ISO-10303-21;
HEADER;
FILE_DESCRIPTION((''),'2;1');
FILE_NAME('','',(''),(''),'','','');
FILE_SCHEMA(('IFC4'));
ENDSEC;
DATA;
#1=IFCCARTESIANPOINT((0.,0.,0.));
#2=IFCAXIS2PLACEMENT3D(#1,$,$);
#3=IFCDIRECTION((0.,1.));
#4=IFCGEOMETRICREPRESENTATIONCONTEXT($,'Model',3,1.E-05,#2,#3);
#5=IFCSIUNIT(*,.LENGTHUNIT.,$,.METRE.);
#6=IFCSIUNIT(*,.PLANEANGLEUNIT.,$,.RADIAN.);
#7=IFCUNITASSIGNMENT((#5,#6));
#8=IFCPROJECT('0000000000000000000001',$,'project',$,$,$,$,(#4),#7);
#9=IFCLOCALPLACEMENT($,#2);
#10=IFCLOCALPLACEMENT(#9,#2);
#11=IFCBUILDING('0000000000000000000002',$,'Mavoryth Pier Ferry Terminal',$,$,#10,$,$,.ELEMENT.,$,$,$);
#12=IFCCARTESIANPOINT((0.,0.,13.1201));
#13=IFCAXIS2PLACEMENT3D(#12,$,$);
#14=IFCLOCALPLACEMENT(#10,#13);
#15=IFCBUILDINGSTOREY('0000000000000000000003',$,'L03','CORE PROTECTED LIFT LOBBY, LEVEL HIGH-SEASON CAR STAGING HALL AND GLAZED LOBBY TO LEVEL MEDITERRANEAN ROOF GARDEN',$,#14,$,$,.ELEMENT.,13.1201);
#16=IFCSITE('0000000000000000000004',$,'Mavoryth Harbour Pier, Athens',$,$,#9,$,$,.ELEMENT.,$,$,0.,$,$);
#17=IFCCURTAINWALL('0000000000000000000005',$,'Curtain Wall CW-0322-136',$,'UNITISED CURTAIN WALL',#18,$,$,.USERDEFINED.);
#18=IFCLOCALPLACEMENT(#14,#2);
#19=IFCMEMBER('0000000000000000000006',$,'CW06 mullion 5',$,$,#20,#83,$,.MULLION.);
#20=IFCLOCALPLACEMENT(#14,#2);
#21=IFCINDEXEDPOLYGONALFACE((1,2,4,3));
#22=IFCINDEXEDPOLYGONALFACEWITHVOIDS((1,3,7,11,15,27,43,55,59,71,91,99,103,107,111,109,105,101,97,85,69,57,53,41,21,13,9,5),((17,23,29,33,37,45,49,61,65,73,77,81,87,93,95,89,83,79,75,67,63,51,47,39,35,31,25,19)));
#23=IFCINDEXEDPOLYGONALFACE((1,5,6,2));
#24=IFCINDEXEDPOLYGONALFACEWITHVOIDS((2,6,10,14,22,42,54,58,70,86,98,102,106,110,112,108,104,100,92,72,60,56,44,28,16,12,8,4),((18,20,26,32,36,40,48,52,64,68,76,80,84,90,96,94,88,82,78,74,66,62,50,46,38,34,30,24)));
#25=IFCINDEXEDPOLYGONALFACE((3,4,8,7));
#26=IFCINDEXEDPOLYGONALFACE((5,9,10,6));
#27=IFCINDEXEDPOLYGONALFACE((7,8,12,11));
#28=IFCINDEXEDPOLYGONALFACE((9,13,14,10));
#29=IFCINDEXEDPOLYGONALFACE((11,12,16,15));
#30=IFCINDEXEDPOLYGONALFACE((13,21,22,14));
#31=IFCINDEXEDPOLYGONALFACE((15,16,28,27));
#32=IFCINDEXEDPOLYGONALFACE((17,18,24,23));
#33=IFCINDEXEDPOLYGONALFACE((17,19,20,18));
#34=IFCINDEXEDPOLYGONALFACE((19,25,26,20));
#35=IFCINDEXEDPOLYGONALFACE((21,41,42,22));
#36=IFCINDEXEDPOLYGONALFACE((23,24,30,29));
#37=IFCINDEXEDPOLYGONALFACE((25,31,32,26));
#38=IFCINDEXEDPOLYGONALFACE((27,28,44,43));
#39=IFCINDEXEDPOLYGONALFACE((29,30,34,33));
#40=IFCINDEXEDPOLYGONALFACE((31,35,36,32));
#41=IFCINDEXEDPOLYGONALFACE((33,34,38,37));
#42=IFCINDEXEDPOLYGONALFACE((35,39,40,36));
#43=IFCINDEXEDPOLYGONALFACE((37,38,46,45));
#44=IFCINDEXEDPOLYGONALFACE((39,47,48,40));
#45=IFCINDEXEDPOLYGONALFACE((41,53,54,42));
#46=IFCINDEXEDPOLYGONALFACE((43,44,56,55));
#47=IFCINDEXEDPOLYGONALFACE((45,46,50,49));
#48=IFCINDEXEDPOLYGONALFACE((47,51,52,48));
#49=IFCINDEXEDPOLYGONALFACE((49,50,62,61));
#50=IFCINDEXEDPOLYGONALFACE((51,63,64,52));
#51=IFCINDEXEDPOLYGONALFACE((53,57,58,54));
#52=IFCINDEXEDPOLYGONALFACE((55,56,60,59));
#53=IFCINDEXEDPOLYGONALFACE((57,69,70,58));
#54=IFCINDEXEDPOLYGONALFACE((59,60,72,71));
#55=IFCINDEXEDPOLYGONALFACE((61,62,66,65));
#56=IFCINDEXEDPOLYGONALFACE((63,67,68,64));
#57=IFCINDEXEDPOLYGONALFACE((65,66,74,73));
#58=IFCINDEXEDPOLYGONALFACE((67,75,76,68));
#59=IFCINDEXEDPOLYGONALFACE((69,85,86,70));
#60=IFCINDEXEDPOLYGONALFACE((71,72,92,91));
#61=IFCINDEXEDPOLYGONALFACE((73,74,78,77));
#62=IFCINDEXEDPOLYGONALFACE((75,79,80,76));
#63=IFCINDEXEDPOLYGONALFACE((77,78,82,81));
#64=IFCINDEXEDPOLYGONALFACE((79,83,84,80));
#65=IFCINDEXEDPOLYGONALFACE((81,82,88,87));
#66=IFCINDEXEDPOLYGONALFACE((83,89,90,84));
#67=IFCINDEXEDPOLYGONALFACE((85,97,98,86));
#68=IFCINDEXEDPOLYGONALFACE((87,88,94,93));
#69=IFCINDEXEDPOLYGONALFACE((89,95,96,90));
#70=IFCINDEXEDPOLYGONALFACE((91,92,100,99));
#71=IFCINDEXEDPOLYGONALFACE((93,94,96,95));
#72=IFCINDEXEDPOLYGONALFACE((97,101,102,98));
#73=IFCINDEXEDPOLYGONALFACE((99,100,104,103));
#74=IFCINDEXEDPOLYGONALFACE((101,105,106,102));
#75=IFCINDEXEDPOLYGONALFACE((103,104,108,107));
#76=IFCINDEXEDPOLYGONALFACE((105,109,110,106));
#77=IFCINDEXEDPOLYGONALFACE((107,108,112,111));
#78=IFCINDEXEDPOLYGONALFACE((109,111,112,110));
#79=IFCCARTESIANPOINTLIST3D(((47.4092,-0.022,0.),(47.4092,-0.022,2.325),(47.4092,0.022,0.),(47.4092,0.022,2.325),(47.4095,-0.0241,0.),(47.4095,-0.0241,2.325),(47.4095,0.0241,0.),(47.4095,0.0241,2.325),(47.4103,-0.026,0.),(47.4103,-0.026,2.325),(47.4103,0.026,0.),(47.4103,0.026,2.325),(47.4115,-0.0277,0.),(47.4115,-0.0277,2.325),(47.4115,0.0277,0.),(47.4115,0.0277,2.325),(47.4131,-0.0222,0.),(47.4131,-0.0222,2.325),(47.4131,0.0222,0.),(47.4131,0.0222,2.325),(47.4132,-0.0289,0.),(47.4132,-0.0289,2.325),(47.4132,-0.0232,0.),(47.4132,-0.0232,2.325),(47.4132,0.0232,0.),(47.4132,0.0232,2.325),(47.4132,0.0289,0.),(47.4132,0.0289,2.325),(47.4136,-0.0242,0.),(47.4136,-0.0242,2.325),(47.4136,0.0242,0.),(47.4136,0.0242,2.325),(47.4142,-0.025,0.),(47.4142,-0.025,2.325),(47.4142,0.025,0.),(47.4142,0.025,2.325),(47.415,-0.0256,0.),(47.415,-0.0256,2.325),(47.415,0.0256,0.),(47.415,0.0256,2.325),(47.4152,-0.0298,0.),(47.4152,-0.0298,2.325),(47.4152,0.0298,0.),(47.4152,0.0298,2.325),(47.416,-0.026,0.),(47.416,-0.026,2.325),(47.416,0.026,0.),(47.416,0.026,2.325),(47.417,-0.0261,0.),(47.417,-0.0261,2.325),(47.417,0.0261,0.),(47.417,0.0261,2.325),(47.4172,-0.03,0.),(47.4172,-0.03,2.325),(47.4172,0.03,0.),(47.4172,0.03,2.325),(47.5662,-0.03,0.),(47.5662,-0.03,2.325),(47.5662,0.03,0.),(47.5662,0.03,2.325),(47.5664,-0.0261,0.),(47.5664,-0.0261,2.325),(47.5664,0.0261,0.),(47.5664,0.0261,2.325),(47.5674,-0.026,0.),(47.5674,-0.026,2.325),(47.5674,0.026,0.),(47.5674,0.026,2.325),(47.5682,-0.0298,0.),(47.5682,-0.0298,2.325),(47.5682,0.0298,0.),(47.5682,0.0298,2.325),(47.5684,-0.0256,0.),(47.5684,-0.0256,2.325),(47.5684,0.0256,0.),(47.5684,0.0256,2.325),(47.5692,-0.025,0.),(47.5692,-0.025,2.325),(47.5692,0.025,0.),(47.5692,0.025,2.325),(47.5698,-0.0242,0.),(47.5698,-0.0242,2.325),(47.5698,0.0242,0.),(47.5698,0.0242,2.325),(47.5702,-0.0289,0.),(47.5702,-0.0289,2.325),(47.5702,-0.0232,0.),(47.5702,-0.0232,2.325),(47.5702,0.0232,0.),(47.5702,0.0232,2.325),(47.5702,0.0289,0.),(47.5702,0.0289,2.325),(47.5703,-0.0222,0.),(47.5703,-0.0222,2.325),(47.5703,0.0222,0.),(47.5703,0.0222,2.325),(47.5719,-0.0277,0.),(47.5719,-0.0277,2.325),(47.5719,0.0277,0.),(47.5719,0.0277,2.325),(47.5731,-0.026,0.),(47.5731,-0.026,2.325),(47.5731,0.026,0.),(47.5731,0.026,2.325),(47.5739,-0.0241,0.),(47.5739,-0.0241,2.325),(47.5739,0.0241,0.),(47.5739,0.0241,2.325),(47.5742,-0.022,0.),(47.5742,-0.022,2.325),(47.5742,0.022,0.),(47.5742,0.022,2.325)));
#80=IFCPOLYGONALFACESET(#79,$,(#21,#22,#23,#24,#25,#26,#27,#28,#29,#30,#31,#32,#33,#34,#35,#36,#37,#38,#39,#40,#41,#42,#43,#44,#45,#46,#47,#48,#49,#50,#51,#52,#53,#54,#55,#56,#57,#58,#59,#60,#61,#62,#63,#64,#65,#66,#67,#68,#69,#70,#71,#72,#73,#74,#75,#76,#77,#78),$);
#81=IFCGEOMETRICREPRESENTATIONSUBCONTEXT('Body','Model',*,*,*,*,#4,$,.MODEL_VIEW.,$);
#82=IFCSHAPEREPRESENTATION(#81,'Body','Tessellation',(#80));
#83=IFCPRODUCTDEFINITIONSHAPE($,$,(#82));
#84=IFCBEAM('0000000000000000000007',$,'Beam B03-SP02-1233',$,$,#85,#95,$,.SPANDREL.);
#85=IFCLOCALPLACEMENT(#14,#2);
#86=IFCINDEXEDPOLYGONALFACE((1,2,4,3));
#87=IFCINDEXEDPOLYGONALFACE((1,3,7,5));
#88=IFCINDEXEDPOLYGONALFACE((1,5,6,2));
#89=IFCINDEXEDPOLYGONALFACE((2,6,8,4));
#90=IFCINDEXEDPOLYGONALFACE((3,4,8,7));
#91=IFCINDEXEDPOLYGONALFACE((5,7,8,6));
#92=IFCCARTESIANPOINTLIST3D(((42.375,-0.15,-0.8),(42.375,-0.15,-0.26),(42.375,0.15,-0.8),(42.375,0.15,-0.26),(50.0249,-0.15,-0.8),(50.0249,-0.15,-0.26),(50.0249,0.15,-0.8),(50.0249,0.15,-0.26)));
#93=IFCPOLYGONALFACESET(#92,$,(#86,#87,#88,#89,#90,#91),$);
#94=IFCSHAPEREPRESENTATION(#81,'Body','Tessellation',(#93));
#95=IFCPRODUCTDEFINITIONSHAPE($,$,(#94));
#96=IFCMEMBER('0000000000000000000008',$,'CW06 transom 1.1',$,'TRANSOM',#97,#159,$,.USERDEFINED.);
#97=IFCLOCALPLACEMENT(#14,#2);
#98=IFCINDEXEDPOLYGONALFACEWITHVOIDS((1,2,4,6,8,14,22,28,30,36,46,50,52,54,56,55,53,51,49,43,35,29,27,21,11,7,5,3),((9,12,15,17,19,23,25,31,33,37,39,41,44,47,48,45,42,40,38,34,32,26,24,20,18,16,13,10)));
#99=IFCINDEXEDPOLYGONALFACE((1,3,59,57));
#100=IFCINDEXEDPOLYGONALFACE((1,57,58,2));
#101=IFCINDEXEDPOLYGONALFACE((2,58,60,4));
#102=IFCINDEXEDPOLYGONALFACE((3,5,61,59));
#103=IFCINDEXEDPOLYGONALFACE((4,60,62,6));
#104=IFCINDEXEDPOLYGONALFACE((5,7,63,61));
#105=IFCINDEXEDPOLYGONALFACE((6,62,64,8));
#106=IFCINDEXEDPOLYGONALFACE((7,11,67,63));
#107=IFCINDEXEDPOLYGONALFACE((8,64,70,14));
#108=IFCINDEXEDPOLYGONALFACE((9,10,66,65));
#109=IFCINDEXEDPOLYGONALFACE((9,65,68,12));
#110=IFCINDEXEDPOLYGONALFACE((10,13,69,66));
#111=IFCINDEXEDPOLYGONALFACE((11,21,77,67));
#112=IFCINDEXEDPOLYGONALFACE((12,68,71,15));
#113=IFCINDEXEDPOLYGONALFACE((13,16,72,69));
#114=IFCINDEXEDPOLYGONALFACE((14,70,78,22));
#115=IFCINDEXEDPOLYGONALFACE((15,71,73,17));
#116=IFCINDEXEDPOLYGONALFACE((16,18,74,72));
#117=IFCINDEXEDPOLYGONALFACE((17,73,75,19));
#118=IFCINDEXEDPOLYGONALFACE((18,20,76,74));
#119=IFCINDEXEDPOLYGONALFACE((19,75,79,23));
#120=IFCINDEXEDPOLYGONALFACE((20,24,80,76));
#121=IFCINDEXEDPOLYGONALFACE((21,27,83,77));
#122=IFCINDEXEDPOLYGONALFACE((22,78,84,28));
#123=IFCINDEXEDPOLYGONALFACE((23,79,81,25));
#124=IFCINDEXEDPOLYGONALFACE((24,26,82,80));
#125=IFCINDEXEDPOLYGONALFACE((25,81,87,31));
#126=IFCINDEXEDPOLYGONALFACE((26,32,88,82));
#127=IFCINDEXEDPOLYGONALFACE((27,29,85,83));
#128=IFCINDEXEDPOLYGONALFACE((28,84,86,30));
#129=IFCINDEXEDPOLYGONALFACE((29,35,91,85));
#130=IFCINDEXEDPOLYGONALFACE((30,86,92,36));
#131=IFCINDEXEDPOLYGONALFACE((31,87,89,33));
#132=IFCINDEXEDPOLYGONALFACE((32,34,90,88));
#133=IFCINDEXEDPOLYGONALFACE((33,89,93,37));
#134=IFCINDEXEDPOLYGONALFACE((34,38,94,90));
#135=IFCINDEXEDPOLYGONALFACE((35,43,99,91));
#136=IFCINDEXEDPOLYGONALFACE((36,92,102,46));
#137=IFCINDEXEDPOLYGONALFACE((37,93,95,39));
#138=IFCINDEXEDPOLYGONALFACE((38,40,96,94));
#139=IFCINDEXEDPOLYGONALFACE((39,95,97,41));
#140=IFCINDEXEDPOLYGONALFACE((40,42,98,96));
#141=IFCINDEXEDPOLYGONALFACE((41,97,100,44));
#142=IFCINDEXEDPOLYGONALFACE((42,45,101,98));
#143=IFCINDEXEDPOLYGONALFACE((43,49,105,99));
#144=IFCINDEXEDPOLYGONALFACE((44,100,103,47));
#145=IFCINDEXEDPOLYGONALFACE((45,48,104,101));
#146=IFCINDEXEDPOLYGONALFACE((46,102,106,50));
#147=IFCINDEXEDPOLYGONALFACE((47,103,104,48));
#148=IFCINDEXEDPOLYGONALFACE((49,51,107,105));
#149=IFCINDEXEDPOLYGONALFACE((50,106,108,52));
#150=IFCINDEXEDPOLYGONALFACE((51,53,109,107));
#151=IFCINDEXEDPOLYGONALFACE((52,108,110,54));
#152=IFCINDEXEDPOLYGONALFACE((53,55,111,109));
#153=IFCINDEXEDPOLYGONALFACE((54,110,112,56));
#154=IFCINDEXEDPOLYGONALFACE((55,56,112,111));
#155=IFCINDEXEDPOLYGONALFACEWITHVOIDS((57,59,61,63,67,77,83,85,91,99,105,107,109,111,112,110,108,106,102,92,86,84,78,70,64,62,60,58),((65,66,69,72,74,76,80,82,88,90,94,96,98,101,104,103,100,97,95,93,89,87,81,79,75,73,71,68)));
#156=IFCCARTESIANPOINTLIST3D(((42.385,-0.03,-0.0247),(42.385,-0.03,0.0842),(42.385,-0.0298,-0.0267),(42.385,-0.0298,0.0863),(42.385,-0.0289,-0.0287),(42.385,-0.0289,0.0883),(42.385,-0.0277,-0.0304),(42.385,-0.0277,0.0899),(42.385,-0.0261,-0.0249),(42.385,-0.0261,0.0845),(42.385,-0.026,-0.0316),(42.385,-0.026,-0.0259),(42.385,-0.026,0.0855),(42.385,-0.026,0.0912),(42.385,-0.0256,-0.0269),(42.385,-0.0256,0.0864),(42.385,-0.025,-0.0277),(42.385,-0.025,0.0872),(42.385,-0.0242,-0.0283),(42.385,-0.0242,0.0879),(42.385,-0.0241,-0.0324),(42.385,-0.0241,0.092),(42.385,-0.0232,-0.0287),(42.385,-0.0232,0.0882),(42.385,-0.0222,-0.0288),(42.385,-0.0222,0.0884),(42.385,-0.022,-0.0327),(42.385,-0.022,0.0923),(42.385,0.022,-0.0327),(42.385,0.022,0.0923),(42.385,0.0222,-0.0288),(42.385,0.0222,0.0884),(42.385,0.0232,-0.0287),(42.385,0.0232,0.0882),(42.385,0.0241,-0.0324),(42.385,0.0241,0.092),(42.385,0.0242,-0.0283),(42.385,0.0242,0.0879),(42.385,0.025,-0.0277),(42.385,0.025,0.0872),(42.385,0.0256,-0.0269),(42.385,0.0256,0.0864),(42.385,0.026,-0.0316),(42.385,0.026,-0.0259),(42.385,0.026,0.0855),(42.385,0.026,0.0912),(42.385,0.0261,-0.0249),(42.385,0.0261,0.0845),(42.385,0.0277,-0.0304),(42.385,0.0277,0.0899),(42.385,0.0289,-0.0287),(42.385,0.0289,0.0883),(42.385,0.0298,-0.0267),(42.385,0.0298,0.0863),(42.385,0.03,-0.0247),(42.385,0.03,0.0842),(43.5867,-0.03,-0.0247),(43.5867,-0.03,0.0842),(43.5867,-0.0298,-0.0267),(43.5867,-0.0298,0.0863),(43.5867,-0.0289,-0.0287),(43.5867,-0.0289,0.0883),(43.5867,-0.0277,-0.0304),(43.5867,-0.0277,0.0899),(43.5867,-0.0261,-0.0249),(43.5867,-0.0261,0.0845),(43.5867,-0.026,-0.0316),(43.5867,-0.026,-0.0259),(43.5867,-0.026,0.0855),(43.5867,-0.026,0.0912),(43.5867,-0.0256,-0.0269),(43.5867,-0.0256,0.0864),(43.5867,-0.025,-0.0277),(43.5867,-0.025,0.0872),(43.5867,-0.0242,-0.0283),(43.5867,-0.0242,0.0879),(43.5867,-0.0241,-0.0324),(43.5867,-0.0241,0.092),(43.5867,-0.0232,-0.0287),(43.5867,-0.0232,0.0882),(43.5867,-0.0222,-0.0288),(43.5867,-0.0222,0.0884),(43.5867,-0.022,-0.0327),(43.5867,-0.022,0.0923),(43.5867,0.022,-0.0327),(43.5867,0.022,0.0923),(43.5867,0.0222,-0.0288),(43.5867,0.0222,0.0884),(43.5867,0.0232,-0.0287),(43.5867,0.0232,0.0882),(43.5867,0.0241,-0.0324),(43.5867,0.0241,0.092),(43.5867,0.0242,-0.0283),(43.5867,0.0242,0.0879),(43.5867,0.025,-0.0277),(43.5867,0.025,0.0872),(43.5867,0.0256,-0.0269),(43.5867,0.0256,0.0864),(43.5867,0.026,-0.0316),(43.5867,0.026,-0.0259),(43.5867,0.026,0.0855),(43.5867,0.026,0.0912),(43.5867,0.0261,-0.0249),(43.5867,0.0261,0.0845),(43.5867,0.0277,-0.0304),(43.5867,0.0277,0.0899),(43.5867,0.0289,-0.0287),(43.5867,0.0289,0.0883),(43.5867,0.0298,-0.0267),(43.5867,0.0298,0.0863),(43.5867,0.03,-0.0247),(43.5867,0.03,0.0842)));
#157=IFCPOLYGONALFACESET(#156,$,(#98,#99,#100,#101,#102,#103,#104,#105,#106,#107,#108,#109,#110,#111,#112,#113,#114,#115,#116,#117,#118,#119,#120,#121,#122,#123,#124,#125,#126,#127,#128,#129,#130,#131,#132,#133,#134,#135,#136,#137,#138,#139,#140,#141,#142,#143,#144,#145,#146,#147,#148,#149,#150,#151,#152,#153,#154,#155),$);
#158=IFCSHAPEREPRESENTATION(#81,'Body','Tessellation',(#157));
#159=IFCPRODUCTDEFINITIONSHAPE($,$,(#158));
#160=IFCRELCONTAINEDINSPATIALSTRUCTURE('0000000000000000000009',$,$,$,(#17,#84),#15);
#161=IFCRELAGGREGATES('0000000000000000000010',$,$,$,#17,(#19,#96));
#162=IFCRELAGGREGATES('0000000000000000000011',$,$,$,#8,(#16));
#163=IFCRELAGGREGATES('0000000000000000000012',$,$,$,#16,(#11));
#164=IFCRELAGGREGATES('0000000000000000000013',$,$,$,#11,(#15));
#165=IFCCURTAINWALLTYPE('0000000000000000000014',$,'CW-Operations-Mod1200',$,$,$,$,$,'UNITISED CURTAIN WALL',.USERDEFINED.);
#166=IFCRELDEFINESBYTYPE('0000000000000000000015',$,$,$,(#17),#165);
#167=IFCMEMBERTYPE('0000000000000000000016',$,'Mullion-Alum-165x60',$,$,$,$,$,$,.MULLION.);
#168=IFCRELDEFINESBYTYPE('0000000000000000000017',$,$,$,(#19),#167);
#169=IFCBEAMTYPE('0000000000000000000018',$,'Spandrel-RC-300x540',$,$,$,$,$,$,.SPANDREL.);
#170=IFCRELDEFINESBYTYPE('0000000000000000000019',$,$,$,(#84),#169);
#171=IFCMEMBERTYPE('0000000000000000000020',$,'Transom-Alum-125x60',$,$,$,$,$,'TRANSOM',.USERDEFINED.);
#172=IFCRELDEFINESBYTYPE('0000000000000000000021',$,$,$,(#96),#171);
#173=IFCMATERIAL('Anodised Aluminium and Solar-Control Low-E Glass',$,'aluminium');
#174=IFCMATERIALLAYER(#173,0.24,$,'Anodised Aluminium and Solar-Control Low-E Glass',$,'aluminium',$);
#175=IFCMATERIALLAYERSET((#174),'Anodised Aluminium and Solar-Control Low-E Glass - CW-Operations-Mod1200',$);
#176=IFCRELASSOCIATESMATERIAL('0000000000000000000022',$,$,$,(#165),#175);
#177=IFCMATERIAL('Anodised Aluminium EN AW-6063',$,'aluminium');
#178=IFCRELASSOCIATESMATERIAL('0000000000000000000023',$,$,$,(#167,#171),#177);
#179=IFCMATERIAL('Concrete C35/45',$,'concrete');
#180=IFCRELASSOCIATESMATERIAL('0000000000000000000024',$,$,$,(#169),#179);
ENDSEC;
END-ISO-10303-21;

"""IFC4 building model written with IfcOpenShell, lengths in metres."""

from ifc_helpers import new_model, si_unit, direction, frame, origin, origin_2d, place, context, subcontext, project, spatial, rectangle, hollow_rectangle, extrude, material, layer, layer_set, material_profile, profile_set, type_object, element, aggregate, save


model = new_model("IFC4")

# Units and contexts
model_context = context("Model", 3, precision=1e-05, world=origin(), true_north=direction((0.0, 1.0)))
body_context = subcontext(model_context, "Body", "Model", "MODEL_VIEW")
ifc_project = project(units=[si_unit("LENGTHUNIT", "METRE"), si_unit("PLANEANGLEUNIT", "RADIAN")], contexts=[model_context])

# Site, building, storey
site_placement = place(None, origin())
site = spatial("IfcSite", under=ifc_project, at=site_placement, Name="Mavoryth Harbour Pier, Athens", CompositionType="ELEMENT", RefElevation=0.0)
building_placement = place(site_placement, origin())
building = spatial("IfcBuilding", under=site, at=building_placement, Name="Mavoryth Pier Ferry Terminal", CompositionType="ELEMENT")
storey_placement = place(building_placement, frame((0.0, 0.0, 13.1201)))
storey = spatial("IfcBuildingStorey", under=building, at=storey_placement, Name="L03", Description="CORE PROTECTED LIFT LOBBY, LEVEL HIGH-SEASON CAR STAGING HALL AND GLAZED LOBBY TO LEVEL MEDITERRANEAN ROOF GARDEN", CompositionType="ELEMENT", Elevation=13.1201)

# Curtain wall, member
ifc_material_1 = material(Name="Anodised Aluminium and Solar-Control Low-E Glass", Category="aluminium")
ifc_layer_1 = layer(ifc_material_1, 0.24, Name="Anodised Aluminium and Solar-Control Low-E Glass", Category="aluminium")
ifc_layer_set_1 = layer_set([ifc_layer_1], Name="Anodised Aluminium and Solar-Control Low-E Glass - CW-Operations-Mod1200")
curtain_wall_type = type_object("IfcCurtainWallType", Name="CW-Operations-Mod1200", ElementType="UNITISED CURTAIN WALL", PredefinedType="USERDEFINED", material=ifc_layer_set_1)
curtain_wall_placement = place(storey_placement, origin())
curtain_wall = element("IfcCurtainWall", 1, at=curtain_wall_placement, inside=storey, type_object=curtain_wall_type, Name="Curtain Wall CW-0322-136", ObjectType="UNITISED CURTAIN WALL", PredefinedType="USERDEFINED")
ifc_material_2 = material(Name="Anodised Aluminium EN AW-6063", Category="aluminium")
ifc_material_profile_1 = material_profile(ifc_material_2, hollow_rectangle(XDim=0.0601, YDim=0.165, WallThickness=0.0039, InnerFilletRadius=0.0039, OuterFilletRadius=0.0081, at=origin_2d()), Name="AL-MULL 165x60x4", Category="aluminium")
ifc_profile_set_1 = profile_set([ifc_material_profile_1], Name="Anodised Aluminium EN AW-6063 - AL-MULL 165x60x4")
member_type_1 = type_object("IfcMemberType", Name="Mullion-Alum-165x60", PredefinedType="MULLION", material=ifc_profile_set_1)
member_1_placement = place(storey_placement, frame((47.4917, 0.0, 0.0), z_axis=(0.0, 0.0, 1.0), x_axis=(0.0, 1.0, 0.0)))
member_1 = element("IfcMember", 2, at=member_1_placement, type_object=member_type_1, Name="CW06 mullion 5", PredefinedType="MULLION", context=body_context, shape_type="SweptSolid", body=[
    extrude(hollow_rectangle(XDim=0.0601, YDim=0.165, WallThickness=0.0039, InnerFilletRadius=0.0039, OuterFilletRadius=0.0081, at=origin_2d()), origin(), (0.0, 0.0, 1.0), 2.325),
])

# Beam
ifc_material_3 = material(Name="Concrete C35/45", Category="concrete")
ifc_material_profile_2 = material_profile(ifc_material_3, rectangle(XDim=0.3, YDim=0.54, at=origin_2d()), Name="RC 300x540", Category="concrete")
ifc_profile_set_2 = profile_set([ifc_material_profile_2], Name="Concrete C35/45 - RC 300x540")
beam_type = type_object("IfcBeamType", Name="Spandrel-RC-300x540", PredefinedType="SPANDREL", material=ifc_profile_set_2)
beam_placement = place(storey_placement, frame((42.375, 0.0, -0.53), z_axis=(1.0, 0.0, 0.0), x_axis=(0.0, 1.0, 0.0)))
element("IfcBeam", 3, at=beam_placement, inside=storey, type_object=beam_type, Name="Beam B03-SP02-1233", PredefinedType="SPANDREL", context=body_context, shape_type="SweptSolid", body=[
    extrude(rectangle(XDim=0.3, YDim=0.54, at=origin_2d()), origin(), (0.0, 0.0, 1.0), 7.6499),
])

# Member
ifc_material_profile_3 = material_profile(ifc_material_2, hollow_rectangle(XDim=0.0601, YDim=0.125, WallThickness=0.0039, InnerFilletRadius=0.0039, OuterFilletRadius=0.0081, at=origin_2d()), Name="AL-TRAN 125x60x4", Category="aluminium")
ifc_profile_set_3 = profile_set([ifc_material_profile_3], Name="Anodised Aluminium EN AW-6063 - AL-TRAN 125x60x4")
member_type_2 = type_object("IfcMemberType", Name="Transom-Alum-125x60", ElementType="TRANSOM", PredefinedType="USERDEFINED", material=ifc_profile_set_3)
member_2_placement = place(storey_placement, frame((42.385, 0.0, 0.0298), z_axis=(1.0, 0.0, 0.0), x_axis=(0.0, 1.0, 0.0)))
member_2 = element("IfcMember", 4, at=member_2_placement, type_object=member_type_2, Name="CW06 transom 1.1", ObjectType="TRANSOM", PredefinedType="USERDEFINED", context=body_context, shape_type="SweptSolid", body=[
    extrude(hollow_rectangle(XDim=0.0601, YDim=0.125, WallThickness=0.0039, InnerFilletRadius=0.0039, OuterFilletRadius=0.0081, at=origin_2d()), origin(), (0.0, 0.0, 1.0), 1.2017),
])

aggregate(curtain_wall, [member_1, member_2])

save(model, "model.ifc")
